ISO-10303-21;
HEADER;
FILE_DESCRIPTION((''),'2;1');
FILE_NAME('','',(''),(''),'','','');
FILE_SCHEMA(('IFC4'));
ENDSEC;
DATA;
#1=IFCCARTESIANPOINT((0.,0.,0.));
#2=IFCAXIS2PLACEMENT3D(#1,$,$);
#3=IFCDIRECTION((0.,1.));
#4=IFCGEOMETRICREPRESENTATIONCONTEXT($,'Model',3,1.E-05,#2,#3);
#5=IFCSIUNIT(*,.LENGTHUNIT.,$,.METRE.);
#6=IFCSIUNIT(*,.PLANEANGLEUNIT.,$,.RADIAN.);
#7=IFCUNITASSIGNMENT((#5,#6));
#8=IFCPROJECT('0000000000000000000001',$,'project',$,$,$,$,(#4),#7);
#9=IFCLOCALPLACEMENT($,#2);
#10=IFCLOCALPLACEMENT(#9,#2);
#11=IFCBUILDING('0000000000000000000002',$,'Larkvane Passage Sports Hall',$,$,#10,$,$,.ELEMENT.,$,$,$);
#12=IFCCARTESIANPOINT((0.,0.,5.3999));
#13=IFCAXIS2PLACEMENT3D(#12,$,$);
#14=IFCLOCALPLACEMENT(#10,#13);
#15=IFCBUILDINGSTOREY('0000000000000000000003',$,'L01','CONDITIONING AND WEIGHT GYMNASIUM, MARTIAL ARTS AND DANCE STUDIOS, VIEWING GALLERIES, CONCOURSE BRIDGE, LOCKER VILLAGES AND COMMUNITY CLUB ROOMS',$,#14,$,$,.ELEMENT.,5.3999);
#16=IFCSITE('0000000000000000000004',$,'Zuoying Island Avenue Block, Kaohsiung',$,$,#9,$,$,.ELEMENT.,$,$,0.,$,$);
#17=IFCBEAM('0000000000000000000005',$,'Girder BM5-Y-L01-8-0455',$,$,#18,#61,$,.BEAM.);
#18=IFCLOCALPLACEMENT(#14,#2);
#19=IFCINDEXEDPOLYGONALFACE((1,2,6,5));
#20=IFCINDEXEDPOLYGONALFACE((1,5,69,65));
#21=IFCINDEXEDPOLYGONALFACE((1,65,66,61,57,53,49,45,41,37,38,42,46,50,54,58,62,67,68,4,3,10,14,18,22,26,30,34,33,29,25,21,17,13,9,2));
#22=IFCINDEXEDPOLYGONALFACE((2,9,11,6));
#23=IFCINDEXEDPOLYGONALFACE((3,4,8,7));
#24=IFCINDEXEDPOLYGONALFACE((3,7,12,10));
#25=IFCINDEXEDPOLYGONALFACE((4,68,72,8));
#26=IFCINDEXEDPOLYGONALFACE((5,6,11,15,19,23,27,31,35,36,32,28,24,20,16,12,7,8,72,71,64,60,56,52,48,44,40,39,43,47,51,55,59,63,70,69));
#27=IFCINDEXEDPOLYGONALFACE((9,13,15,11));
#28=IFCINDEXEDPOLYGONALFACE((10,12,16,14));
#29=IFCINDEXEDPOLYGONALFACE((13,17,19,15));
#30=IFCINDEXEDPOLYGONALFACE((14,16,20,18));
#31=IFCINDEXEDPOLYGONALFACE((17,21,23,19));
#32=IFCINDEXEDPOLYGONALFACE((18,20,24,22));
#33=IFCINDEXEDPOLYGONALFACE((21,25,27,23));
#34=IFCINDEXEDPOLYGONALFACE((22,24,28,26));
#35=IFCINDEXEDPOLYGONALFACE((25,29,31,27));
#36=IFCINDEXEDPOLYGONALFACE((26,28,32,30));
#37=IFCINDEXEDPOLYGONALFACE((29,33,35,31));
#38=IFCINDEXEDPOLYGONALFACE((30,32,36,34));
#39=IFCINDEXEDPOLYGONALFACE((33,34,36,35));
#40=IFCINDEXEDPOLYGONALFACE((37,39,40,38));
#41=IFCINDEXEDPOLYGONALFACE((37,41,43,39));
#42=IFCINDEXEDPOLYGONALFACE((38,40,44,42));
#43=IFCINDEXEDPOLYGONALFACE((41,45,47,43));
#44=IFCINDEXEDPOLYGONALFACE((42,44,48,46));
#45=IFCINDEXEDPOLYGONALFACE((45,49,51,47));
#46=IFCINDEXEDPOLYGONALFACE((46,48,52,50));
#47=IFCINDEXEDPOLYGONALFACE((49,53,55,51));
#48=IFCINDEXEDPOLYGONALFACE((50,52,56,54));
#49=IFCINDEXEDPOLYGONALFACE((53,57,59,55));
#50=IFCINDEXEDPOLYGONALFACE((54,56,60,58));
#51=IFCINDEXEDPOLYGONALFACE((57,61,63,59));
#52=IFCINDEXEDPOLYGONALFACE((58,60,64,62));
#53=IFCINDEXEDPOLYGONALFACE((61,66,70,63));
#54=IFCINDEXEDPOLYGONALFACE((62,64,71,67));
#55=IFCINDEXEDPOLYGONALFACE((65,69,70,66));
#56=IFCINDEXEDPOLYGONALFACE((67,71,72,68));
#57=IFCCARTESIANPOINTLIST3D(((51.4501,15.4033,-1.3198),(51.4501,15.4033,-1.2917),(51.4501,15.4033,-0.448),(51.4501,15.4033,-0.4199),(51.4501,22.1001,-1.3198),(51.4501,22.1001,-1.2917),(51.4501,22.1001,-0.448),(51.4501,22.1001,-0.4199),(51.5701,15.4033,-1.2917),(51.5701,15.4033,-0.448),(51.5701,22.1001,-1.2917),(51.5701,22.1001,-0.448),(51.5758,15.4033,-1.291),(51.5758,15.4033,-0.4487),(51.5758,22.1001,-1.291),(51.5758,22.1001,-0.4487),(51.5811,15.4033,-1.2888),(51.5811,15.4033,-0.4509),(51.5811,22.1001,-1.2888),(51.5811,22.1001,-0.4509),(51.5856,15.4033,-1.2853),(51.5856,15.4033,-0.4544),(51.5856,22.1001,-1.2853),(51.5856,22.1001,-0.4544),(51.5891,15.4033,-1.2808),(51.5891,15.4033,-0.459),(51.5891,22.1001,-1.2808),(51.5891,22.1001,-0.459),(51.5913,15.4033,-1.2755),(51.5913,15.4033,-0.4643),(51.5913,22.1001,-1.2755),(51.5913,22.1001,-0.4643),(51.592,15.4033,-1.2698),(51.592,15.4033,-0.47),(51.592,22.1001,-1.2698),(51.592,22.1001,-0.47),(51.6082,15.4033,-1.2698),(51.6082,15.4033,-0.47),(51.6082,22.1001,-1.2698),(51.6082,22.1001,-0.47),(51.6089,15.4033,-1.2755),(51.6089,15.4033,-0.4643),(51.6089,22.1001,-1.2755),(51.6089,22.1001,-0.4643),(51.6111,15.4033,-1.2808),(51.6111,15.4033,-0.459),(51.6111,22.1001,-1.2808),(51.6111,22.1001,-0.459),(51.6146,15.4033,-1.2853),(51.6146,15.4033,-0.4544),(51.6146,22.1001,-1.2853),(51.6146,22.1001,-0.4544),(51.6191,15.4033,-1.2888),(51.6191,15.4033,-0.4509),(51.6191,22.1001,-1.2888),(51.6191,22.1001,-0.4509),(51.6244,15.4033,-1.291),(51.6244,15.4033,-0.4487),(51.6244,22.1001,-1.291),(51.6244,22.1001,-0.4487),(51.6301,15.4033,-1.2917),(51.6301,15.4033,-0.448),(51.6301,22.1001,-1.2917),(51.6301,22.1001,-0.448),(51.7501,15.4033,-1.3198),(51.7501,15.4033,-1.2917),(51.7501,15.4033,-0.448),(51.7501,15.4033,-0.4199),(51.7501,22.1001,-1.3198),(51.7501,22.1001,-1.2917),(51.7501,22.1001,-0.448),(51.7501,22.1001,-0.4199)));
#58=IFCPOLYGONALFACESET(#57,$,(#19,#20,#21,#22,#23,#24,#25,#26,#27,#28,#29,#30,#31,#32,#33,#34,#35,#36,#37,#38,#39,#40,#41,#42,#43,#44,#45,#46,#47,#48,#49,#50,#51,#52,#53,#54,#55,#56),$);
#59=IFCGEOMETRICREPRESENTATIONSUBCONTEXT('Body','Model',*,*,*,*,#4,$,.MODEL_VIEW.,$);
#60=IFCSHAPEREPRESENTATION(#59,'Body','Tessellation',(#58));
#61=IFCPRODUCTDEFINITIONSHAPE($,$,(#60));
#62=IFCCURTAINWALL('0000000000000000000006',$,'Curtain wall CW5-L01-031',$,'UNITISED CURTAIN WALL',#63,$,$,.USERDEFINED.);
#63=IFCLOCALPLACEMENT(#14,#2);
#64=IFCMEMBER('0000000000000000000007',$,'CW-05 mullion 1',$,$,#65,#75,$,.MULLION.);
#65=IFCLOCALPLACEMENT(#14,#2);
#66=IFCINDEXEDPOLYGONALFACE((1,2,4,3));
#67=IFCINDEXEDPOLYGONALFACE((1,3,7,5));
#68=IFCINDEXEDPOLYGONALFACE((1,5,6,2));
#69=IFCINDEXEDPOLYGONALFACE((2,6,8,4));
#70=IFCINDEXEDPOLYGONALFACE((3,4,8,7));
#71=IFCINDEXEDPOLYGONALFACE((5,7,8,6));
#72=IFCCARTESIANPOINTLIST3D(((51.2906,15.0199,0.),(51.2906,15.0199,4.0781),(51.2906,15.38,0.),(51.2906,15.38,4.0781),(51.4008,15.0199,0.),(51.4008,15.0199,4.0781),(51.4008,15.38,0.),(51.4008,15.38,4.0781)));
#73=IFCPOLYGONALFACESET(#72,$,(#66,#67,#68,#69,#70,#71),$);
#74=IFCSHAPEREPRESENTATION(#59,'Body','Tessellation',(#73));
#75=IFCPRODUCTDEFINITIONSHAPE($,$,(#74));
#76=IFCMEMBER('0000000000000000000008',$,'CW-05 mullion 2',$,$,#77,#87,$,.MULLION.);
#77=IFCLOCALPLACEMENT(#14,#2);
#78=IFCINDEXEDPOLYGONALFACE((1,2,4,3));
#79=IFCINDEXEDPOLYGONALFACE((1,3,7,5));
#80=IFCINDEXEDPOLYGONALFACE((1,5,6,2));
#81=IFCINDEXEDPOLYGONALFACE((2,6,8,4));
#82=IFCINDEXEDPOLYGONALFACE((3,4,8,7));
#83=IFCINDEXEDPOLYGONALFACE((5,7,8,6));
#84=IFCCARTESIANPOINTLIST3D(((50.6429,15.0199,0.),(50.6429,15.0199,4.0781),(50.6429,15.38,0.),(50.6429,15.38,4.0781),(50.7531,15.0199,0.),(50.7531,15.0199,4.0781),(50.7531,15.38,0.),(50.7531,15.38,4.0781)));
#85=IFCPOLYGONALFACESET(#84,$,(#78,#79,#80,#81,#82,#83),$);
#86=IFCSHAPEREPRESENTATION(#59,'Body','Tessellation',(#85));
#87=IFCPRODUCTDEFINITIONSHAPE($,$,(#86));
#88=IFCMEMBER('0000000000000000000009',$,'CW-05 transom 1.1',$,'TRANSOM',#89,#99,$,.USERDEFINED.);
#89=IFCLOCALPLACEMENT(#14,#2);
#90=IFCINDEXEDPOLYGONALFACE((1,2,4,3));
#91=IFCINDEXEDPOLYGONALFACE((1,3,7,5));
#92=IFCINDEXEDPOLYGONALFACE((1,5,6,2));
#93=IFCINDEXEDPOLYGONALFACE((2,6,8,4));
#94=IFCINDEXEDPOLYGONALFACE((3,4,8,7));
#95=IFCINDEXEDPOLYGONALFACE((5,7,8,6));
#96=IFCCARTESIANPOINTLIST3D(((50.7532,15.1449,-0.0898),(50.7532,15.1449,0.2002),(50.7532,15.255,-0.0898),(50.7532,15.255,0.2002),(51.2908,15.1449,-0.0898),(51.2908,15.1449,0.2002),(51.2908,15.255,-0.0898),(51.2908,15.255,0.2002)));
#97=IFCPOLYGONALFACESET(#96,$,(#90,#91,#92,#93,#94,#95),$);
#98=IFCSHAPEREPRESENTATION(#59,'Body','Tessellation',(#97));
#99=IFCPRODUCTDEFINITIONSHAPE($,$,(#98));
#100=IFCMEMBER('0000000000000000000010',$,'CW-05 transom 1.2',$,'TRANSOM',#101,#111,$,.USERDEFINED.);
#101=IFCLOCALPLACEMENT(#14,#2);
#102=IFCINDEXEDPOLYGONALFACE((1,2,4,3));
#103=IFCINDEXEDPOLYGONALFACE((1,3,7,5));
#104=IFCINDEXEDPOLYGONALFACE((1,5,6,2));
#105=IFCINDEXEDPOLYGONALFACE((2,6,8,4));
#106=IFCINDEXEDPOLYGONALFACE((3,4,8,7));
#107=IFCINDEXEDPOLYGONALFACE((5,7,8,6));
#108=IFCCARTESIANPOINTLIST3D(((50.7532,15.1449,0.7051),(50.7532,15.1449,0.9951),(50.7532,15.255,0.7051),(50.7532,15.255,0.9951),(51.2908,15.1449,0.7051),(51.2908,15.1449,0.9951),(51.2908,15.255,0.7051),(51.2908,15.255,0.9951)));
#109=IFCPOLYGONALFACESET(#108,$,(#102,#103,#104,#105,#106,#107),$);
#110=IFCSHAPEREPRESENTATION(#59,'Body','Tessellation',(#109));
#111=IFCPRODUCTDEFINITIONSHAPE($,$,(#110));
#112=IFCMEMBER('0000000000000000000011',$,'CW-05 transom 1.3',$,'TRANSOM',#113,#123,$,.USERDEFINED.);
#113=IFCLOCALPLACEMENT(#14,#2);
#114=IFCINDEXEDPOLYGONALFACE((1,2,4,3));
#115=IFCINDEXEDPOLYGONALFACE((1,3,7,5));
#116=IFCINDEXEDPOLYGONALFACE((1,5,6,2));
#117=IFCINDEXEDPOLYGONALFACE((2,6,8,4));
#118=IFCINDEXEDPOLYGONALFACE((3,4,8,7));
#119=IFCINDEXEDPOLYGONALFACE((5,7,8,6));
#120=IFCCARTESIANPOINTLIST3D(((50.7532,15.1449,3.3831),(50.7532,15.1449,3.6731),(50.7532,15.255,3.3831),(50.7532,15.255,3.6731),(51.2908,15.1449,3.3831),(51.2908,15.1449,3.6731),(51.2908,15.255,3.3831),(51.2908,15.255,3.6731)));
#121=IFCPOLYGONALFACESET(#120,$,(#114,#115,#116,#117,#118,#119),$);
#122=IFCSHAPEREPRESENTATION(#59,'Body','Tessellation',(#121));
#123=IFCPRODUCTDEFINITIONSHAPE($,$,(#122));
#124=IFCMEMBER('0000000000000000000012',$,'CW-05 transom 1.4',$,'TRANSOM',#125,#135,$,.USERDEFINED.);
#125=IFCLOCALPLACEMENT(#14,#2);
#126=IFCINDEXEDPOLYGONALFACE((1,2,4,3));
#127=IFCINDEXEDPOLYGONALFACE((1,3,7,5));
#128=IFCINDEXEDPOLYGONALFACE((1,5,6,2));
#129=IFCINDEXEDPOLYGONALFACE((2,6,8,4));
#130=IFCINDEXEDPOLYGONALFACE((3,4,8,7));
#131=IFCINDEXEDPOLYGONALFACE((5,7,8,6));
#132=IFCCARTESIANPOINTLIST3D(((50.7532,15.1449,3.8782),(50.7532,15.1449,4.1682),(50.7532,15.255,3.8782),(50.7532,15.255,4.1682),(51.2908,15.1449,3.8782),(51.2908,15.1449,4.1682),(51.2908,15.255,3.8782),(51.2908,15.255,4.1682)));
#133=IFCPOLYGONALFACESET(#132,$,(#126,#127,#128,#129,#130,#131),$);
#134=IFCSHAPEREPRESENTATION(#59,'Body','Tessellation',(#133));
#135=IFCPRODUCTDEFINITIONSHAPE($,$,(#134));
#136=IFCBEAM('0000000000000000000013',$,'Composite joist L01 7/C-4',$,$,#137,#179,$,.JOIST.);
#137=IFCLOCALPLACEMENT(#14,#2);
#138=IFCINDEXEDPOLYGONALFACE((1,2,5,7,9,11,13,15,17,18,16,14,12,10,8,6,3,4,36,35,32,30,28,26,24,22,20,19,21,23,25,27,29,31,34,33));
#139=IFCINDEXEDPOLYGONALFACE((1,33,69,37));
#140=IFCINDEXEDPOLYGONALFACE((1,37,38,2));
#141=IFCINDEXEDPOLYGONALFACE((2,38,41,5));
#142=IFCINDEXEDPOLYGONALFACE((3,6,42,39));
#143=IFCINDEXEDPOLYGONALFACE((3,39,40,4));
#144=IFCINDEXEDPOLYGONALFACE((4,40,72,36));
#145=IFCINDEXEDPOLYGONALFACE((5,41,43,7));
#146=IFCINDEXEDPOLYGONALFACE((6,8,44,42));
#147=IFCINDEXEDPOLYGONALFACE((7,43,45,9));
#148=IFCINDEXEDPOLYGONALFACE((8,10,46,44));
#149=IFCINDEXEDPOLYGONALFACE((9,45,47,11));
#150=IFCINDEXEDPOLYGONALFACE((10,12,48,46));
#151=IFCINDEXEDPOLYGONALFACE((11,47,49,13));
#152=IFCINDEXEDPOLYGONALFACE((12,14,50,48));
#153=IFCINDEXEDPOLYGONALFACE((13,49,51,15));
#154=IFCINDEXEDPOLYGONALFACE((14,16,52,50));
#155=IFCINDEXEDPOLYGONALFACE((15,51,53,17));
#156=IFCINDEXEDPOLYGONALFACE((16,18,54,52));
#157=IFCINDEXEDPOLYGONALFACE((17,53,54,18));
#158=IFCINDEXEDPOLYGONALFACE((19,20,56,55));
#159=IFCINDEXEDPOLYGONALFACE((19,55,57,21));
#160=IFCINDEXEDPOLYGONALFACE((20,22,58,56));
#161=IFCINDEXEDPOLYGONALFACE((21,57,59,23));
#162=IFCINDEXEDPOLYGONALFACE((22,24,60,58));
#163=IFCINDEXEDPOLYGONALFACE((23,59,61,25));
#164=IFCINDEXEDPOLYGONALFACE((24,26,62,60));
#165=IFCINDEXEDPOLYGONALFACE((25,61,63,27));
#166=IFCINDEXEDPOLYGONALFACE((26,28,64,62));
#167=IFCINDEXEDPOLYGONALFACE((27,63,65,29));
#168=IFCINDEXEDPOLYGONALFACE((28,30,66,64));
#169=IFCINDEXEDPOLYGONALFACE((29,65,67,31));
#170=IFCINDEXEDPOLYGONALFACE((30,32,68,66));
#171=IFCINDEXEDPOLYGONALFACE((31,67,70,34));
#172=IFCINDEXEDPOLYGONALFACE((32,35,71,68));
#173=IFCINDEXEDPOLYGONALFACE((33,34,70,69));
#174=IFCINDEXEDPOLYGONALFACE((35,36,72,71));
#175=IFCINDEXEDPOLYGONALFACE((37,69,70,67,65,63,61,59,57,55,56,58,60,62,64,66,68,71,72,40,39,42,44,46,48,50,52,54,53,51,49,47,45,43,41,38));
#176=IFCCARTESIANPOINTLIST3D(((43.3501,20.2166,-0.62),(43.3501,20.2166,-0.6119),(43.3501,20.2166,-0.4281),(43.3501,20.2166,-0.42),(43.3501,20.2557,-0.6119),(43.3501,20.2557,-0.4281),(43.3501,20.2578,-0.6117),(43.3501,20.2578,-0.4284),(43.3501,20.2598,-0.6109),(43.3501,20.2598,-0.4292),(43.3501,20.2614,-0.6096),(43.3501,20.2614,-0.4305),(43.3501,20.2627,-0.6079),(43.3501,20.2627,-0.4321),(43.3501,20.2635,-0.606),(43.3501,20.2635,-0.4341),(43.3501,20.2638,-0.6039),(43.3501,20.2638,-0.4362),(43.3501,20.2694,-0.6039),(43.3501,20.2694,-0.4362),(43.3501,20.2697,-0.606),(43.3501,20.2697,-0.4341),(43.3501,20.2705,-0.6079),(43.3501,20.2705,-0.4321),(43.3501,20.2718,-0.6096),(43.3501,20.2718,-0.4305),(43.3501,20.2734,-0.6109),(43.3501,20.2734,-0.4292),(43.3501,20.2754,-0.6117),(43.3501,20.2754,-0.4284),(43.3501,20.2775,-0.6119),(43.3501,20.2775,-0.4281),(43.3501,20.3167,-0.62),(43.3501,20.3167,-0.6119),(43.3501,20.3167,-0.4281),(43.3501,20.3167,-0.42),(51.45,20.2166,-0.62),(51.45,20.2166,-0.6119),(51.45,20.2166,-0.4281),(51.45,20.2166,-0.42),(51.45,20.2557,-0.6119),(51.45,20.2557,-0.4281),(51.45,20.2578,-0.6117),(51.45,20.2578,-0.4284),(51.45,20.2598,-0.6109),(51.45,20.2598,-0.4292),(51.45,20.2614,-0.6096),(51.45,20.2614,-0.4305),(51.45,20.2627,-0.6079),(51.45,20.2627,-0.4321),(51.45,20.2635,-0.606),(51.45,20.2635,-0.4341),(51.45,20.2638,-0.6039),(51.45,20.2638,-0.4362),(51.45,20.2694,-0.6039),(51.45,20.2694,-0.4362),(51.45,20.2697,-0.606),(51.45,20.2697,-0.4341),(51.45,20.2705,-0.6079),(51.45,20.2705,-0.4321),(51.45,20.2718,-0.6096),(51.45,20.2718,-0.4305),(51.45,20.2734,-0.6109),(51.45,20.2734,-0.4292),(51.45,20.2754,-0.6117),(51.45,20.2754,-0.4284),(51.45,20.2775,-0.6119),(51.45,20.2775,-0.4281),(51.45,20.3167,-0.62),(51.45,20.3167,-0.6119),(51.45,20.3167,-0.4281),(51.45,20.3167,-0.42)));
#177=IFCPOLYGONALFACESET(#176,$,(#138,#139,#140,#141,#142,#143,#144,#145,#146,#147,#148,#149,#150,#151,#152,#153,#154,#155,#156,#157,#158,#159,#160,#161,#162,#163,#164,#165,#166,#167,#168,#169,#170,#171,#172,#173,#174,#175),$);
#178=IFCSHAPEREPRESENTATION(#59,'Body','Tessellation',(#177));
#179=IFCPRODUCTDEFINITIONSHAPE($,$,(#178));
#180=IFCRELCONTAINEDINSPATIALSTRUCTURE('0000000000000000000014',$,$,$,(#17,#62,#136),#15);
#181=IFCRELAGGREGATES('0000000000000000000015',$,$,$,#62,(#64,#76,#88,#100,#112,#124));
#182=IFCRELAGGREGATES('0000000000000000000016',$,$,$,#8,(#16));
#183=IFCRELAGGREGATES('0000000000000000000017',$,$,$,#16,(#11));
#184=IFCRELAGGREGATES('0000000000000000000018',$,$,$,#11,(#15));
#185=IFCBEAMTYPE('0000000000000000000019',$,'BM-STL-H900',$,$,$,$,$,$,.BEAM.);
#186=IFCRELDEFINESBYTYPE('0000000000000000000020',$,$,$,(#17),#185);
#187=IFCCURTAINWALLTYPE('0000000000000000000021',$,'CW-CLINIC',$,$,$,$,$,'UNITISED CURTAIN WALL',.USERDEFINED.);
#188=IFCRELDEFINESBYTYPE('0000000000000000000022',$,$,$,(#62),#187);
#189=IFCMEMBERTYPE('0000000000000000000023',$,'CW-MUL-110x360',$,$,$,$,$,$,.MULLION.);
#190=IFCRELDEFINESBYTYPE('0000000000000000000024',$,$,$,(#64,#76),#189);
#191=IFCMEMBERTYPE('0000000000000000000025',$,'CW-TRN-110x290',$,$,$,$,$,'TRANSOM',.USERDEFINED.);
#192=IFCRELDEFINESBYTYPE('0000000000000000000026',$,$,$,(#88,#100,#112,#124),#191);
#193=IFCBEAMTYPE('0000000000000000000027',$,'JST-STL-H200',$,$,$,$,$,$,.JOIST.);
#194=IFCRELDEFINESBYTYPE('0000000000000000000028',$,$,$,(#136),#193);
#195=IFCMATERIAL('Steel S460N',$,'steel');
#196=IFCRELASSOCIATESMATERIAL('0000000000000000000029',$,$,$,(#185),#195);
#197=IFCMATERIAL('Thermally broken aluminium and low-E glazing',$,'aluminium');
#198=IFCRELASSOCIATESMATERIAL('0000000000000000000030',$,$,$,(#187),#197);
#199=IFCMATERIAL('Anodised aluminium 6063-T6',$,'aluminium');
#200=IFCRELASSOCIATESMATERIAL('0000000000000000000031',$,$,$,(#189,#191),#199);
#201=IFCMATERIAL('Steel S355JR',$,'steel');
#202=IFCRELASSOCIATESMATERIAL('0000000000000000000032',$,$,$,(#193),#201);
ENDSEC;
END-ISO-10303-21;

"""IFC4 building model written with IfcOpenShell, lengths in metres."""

from ifc_helpers import new_model, si_unit, direction, frame, origin, origin_2d, place, context, subcontext, project, spatial, rectangle, i_section, extrude, material, material_profile, profile_set, type_object, element, aggregate, save


model = new_model("IFC4")

# Units and contexts
model_context = context("Model", 3, precision=1e-05, world=origin(), true_north=direction((0.0, 1.0)))
body_context = subcontext(model_context, "Body", "Model", "MODEL_VIEW")
ifc_project = project(units=[si_unit("LENGTHUNIT", "METRE"), si_unit("PLANEANGLEUNIT", "RADIAN")], contexts=[model_context])

# Site, building, storey
site_placement = place(None, origin())
site = spatial("IfcSite", under=ifc_project, at=site_placement, Name="Zuoying Island Avenue Block, Kaohsiung", CompositionType="ELEMENT", RefElevation=0.0)
building_placement = place(site_placement, origin())
building = spatial("IfcBuilding", under=site, at=building_placement, Name="Larkvane Passage Sports Hall", CompositionType="ELEMENT")
storey_placement = place(building_placement, frame((0.0, 0.0, 5.3999)))
storey = spatial("IfcBuildingStorey", under=building, at=storey_placement, Name="L01", Description="CONDITIONING AND WEIGHT GYMNASIUM, MARTIAL ARTS AND DANCE STUDIOS, VIEWING GALLERIES, CONCOURSE BRIDGE, LOCKER VILLAGES AND COMMUNITY CLUB ROOMS", CompositionType="ELEMENT", Elevation=5.3999)

# Shared definitions
ifc_material_1 = material(Name="Steel S355JR", Category="steel")
ifc_material_2 = material(Name="Steel S460N", Category="steel")

# Beam
ifc_material_profile_1 = material_profile(ifc_material_2, i_section(OverallWidth=0.3, OverallDepth=0.8999, WebThickness=0.0161, FlangeThickness=0.0281, FilletRadius=0.022, at=origin_2d()), Name="H-900x300x16x28")
ifc_profile_set_1 = profile_set([ifc_material_profile_1], Name="Steel S460N")
beam_type_1 = type_object("IfcBeamType", Name="BM-STL-H900", PredefinedType="BEAM", material=ifc_profile_set_1)
beam_1_placement = place(storey_placement, frame((51.6001, 15.4033, -0.8699), z_axis=(0.0, 1.0, 0.0), x_axis=(-1.0, 0.0, 0.0)))
element("IfcBeam", 1, at=beam_1_placement, inside=storey, type_object=beam_type_1, Name="Girder BM5-Y-L01-8-0455", PredefinedType="BEAM", context=body_context, shape_type="SweptSolid", body=[
    extrude(i_section(OverallWidth=0.3, OverallDepth=0.8999, WebThickness=0.0161, FlangeThickness=0.0281, FilletRadius=0.022, at=origin_2d()), origin(), (0.0, 0.0, 1.0), 6.6968),
])

# Curtain wall, members
ifc_material_3 = material(Name="Thermally broken aluminium and low-E glazing", Category="aluminium")
curtain_wall_type = type_object("IfcCurtainWallType", Name="CW-CLINIC", ElementType="UNITISED CURTAIN WALL", PredefinedType="USERDEFINED", material=ifc_material_3)
curtain_wall_placement = place(storey_placement, origin())
curtain_wall = element("IfcCurtainWall", 2, at=curtain_wall_placement, inside=storey, type_object=curtain_wall_type, Name="Curtain wall CW5-L01-031", ObjectType="UNITISED CURTAIN WALL", PredefinedType="USERDEFINED")
ifc_material_4 = material(Name="Anodised aluminium 6063-T6", Category="aluminium")
ifc_material_profile_2 = material_profile(ifc_material_4, rectangle(XDim=0.1101, YDim=0.3601, at=origin_2d()), Name="ALU-MUL-110x360")
ifc_profile_set_2 = profile_set([ifc_material_profile_2], Name="Anodised aluminium 6063-T6")
member_type_1 = type_object("IfcMemberType", Name="CW-MUL-110x360", PredefinedType="MULLION", material=ifc_profile_set_2)
member_1_placement = place(storey_placement, frame((51.3457, 15.2, 0.0), z_axis=(0.0, 0.0, 1.0), x_axis=(-1.0, 0.0, 0.0)))
member_1 = element("IfcMember", 3, at=member_1_placement, type_object=member_type_1, Name="CW-05 mullion 1", PredefinedType="MULLION", context=body_context, shape_type="SweptSolid", body=[
    extrude(rectangle(XDim=0.1101, YDim=0.3601, at=origin_2d()), origin(), (0.0, 0.0, 1.0), 4.0781),
])
member_2_placement = place(storey_placement, frame((50.698, 15.2, 0.0), z_axis=(0.0, 0.0, 1.0), x_axis=(-1.0, 0.0, 0.0)))
member_2 = element("IfcMember", 4, at=member_2_placement, type_object=member_type_1, Name="CW-05 mullion 2", PredefinedType="MULLION", context=body_context, shape_type="SweptSolid", body=[
    extrude(rectangle(XDim=0.1101, YDim=0.3601, at=origin_2d()), origin(), (0.0, 0.0, 1.0), 4.0781),
])
ifc_material_profile_3 = material_profile(ifc_material_4, rectangle(XDim=0.1101, YDim=0.29, at=origin_2d()), Name="ALU-TRN-110x290")
ifc_profile_set_3 = profile_set([ifc_material_profile_3], Name="Anodised aluminium 6063-T6")
member_type_2 = type_object("IfcMemberType", Name="CW-TRN-110x290", ElementType="TRANSOM", PredefinedType="USERDEFINED", material=ifc_profile_set_3)
member_3_placement = place(storey_placement, frame((51.2908, 15.2, 0.0552), z_axis=(-1.0, 0.0, 0.0), x_axis=(0.0, -1.0, 0.0)))
member_3 = element("IfcMember", 5, at=member_3_placement, type_object=member_type_2, Name="CW-05 transom 1.1", ObjectType="TRANSOM", PredefinedType="USERDEFINED", context=body_context, shape_type="SweptSolid", body=[
    extrude(rectangle(XDim=0.1101, YDim=0.29, at=origin_2d()), origin(), (0.0, 0.0, 1.0), 0.5376),
])
member_4_placement = place(storey_placement, frame((51.2908, 15.2, 0.8501), z_axis=(-1.0, 0.0, 0.0), x_axis=(0.0, -1.0, 0.0)))
member_4 = element("IfcMember", 6, at=member_4_placement, type_object=member_type_2, Name="CW-05 transom 1.2", ObjectType="TRANSOM", PredefinedType="USERDEFINED", context=body_context, shape_type="SweptSolid", body=[
    extrude(rectangle(XDim=0.1101, YDim=0.29, at=origin_2d()), origin(), (0.0, 0.0, 1.0), 0.5376),
])
member_5_placement = place(storey_placement, frame((51.2908, 15.2, 3.5281), z_axis=(-1.0, 0.0, 0.0), x_axis=(0.0, -1.0, 0.0)))
member_5 = element("IfcMember", 7, at=member_5_placement, type_object=member_type_2, Name="CW-05 transom 1.3", ObjectType="TRANSOM", PredefinedType="USERDEFINED", context=body_context, shape_type="SweptSolid", body=[
    extrude(rectangle(XDim=0.1101, YDim=0.29, at=origin_2d()), origin(), (0.0, 0.0, 1.0), 0.5376),
])
member_6_placement = place(storey_placement, frame((51.2908, 15.2, 4.0232), z_axis=(-1.0, 0.0, 0.0), x_axis=(0.0, -1.0, 0.0)))
member_6 = element("IfcMember", 8, at=member_6_placement, type_object=member_type_2, Name="CW-05 transom 1.4", ObjectType="TRANSOM", PredefinedType="USERDEFINED", context=body_context, shape_type="SweptSolid", body=[
    extrude(rectangle(XDim=0.1101, YDim=0.29, at=origin_2d()), origin(), (0.0, 0.0, 1.0), 0.5376),
])

# Beam
ifc_material_profile_4 = material_profile(ifc_material_1, i_section(OverallWidth=0.1001, OverallDepth=0.2, WebThickness=0.0056, FlangeThickness=0.0081, FilletRadius=0.0081, at=origin_2d()), Name="H-200x100x5.5x8")
ifc_profile_set_4 = profile_set([ifc_material_profile_4], Name="Steel S355JR")
beam_type_2 = type_object("IfcBeamType", Name="JST-STL-H200", PredefinedType="JOIST", material=ifc_profile_set_4)
beam_2_placement = place(storey_placement, frame((43.3501, 20.2666, -0.52), z_axis=(1.0, 0.0, 0.0), x_axis=(0.0, 1.0, 0.0)))
element("IfcBeam", 9, at=beam_2_placement, inside=storey, type_object=beam_type_2, Name="Composite joist L01 7/C-4", PredefinedType="JOIST", context=body_context, shape_type="SweptSolid", body=[
    extrude(i_section(OverallWidth=0.1001, OverallDepth=0.2, WebThickness=0.0056, FlangeThickness=0.0081, FilletRadius=0.0081, at=origin_2d()), origin(), (0.0, 0.0, 1.0), 8.0999),
])

aggregate(curtain_wall, [member_1, member_2, member_3, member_4, member_5, member_6])

save(model, "model.ifc")
